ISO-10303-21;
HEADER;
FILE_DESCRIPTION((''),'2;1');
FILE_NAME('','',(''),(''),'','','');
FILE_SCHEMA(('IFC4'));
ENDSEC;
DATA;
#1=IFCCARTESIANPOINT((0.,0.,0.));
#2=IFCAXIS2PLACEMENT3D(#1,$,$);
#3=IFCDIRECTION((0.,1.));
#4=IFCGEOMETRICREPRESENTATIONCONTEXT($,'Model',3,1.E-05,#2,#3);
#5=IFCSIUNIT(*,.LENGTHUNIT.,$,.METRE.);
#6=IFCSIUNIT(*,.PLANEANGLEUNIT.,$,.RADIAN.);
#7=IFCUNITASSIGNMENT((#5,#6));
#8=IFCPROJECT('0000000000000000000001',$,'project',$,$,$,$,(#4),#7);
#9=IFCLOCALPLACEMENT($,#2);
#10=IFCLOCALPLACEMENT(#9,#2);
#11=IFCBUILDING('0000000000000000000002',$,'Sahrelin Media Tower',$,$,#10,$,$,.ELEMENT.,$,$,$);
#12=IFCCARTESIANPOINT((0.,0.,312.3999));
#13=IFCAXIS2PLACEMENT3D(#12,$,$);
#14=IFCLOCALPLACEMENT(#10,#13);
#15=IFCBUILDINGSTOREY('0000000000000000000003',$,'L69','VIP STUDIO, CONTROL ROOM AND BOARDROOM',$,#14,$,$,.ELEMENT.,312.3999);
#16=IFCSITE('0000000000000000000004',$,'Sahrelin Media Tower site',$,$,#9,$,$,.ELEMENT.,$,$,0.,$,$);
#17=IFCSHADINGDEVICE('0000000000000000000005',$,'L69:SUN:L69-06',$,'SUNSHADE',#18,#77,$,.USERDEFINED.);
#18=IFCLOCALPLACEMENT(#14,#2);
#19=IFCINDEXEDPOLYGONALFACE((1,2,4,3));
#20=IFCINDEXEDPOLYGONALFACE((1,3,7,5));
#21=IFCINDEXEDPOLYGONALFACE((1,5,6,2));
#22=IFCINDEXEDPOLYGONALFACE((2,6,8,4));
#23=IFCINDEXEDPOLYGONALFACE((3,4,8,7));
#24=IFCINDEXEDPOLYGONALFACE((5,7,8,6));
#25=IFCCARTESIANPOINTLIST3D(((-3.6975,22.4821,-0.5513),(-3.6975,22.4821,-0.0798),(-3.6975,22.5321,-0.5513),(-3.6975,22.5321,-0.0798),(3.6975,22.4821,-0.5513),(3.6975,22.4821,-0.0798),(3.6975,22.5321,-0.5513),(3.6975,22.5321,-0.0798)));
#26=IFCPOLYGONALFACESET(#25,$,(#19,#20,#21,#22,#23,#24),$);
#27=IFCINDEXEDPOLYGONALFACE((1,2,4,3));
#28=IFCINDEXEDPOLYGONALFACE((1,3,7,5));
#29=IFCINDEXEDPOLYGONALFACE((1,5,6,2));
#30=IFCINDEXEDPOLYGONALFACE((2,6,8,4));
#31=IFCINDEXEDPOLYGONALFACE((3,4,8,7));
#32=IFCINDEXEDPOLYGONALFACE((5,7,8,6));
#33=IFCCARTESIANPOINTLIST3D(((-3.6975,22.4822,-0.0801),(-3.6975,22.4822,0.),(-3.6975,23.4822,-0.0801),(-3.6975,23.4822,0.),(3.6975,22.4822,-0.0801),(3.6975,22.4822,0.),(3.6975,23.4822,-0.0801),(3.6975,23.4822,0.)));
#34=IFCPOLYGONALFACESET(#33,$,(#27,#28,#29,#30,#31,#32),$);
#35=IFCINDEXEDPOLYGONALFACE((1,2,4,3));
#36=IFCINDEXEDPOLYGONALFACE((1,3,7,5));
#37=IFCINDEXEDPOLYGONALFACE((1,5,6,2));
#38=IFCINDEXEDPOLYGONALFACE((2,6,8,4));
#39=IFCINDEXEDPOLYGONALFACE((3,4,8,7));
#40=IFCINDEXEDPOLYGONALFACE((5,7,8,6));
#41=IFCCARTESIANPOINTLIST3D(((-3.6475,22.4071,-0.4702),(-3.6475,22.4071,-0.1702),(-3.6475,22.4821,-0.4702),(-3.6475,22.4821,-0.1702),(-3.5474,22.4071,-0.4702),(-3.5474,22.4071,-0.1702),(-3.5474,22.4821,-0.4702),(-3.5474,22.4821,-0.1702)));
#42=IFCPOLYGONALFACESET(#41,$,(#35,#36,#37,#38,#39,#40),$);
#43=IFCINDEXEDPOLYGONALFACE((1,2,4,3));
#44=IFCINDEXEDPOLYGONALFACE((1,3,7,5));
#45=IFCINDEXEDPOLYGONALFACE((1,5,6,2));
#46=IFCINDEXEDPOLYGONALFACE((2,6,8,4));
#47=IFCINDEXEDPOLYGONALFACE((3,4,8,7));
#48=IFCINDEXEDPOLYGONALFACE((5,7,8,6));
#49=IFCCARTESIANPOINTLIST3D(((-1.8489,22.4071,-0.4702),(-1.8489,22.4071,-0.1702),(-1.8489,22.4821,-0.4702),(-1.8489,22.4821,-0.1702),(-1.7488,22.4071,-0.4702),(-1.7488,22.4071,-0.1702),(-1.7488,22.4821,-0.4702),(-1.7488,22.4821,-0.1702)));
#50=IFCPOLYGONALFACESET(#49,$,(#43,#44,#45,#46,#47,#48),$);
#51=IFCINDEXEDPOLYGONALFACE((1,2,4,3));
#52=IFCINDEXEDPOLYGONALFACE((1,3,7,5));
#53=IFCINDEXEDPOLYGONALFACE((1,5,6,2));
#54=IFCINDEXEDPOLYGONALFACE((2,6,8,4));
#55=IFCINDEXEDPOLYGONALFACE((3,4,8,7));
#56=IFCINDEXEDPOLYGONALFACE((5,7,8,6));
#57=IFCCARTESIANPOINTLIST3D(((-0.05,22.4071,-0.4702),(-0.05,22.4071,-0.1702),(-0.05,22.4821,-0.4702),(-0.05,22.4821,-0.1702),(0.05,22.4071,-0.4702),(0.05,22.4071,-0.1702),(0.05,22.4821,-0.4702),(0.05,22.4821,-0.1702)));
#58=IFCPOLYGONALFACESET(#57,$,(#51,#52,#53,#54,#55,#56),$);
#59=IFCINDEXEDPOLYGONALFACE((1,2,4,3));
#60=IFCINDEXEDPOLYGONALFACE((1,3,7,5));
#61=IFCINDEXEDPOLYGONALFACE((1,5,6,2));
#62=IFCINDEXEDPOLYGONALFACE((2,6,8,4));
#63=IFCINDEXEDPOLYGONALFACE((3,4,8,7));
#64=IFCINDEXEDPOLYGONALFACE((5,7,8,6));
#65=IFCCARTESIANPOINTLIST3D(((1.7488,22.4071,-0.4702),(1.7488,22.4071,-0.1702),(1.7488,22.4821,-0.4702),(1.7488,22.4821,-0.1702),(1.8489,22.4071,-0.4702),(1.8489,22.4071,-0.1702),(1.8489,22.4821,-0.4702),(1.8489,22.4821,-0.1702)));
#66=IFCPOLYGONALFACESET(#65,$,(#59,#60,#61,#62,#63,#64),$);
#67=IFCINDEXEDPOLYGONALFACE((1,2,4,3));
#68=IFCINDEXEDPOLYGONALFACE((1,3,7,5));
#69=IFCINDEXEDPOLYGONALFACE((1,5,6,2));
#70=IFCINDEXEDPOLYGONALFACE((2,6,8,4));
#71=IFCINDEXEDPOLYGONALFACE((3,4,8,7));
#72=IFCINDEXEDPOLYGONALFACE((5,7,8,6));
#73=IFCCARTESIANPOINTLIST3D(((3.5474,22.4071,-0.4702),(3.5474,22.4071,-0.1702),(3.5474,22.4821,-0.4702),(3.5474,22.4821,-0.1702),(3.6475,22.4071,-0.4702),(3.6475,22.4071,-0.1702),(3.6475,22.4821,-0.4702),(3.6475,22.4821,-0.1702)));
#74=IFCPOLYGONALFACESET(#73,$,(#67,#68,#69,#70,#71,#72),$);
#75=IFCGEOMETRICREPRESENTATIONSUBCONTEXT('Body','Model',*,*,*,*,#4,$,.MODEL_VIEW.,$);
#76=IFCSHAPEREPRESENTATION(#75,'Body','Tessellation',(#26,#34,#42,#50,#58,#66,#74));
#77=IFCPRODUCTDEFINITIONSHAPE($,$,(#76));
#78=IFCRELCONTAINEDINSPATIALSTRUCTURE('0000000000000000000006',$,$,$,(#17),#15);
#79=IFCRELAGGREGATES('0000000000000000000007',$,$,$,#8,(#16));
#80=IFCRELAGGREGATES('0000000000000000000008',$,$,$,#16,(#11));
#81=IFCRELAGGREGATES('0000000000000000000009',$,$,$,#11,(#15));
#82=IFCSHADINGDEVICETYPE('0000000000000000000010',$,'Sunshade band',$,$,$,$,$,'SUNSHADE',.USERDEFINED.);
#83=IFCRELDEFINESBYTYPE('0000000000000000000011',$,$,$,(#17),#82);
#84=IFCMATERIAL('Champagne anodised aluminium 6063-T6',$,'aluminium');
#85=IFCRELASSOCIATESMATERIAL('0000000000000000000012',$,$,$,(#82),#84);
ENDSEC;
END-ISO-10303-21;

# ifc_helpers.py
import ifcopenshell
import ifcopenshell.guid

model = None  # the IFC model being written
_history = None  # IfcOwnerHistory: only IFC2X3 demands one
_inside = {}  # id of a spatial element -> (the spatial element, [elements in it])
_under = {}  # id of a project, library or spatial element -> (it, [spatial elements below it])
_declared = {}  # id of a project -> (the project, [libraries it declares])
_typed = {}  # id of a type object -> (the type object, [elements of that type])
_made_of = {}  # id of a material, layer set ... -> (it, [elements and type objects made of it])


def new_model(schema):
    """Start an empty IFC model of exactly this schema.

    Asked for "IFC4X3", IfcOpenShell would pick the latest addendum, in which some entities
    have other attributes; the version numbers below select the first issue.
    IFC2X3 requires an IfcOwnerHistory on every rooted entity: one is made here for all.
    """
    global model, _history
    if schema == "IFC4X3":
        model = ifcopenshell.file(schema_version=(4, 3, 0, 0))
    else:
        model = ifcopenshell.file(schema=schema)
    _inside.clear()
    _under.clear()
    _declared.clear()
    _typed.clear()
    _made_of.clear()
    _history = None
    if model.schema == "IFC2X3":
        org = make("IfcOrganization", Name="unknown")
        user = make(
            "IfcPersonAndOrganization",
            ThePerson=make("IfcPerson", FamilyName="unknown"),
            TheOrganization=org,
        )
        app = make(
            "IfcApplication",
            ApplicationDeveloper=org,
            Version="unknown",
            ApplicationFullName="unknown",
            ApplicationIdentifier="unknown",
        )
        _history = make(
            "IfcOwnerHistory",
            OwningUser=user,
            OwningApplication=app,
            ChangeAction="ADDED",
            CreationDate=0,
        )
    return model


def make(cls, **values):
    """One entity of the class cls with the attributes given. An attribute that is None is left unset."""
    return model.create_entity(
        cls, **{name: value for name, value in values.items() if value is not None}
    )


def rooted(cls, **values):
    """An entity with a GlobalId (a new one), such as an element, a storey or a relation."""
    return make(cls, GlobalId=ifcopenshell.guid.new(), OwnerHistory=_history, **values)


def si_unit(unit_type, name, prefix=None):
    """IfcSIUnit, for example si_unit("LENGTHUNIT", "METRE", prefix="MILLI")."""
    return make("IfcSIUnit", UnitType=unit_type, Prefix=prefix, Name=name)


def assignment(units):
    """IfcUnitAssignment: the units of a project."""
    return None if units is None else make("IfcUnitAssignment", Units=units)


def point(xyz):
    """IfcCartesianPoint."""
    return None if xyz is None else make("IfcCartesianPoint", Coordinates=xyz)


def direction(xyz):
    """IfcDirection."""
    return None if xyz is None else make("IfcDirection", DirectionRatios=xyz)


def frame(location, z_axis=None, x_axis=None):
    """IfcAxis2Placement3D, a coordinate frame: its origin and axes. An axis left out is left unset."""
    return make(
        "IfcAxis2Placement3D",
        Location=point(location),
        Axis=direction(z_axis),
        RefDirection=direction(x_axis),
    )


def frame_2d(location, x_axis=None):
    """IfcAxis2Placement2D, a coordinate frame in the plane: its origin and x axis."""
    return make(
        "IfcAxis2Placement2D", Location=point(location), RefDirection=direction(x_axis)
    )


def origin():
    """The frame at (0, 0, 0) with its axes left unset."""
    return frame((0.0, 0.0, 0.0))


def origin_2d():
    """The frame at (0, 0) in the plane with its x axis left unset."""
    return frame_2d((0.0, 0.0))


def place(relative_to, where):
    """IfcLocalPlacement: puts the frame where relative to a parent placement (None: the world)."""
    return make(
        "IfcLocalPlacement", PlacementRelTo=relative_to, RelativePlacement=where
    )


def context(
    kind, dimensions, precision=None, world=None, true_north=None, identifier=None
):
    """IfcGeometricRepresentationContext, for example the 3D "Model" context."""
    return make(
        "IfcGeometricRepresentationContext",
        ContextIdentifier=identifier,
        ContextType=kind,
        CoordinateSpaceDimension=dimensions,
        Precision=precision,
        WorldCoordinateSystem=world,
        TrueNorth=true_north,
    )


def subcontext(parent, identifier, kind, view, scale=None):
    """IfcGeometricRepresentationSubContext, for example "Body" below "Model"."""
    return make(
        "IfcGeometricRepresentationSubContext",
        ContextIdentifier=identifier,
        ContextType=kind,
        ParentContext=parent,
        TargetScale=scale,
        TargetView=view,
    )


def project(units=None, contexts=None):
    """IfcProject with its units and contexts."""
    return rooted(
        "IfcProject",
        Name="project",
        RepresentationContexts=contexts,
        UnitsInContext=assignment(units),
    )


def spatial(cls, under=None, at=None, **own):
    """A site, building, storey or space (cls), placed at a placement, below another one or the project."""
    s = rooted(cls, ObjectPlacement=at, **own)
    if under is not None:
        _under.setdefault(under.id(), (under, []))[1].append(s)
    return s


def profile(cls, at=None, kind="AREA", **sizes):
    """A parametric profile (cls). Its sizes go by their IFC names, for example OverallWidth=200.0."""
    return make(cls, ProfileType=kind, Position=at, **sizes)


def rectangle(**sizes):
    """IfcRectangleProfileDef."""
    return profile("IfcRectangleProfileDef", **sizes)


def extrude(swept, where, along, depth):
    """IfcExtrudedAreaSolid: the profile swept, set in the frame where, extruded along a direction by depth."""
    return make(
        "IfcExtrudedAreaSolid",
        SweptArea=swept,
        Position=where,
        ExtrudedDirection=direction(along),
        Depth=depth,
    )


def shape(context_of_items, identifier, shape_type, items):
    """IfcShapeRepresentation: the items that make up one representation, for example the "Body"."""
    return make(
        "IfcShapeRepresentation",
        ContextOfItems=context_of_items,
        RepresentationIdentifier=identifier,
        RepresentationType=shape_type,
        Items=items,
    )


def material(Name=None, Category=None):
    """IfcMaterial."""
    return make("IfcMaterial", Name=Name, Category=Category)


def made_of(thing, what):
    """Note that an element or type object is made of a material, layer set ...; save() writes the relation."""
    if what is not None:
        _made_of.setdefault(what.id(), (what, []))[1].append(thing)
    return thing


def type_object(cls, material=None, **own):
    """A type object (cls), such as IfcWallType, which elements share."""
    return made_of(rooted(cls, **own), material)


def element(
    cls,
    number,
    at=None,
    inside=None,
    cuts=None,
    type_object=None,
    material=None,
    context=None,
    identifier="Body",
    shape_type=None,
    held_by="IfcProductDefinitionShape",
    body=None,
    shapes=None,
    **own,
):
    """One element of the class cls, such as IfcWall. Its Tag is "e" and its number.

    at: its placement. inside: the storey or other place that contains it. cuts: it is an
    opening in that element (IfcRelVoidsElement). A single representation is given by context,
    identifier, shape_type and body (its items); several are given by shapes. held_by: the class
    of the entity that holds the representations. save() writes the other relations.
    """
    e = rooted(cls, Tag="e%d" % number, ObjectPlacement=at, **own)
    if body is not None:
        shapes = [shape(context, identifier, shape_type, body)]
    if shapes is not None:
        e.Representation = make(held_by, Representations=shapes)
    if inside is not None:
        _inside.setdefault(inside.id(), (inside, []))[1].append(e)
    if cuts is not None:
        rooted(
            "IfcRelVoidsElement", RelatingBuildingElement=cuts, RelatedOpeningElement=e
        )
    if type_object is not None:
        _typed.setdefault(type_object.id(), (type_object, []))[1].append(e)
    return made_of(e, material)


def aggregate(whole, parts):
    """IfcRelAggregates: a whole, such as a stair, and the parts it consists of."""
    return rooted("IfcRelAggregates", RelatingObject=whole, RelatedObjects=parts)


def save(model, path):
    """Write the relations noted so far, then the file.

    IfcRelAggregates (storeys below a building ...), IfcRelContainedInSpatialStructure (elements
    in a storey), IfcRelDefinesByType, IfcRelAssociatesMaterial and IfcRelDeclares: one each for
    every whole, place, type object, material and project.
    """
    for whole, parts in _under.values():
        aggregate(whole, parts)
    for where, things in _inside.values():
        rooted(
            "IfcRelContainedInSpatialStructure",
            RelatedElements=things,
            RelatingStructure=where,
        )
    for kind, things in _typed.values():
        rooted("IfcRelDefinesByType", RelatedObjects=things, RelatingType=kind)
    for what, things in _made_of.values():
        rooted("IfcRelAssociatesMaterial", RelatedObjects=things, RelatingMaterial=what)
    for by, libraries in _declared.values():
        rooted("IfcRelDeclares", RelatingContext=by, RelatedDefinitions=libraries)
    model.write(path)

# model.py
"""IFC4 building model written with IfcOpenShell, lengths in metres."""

from ifc_helpers import new_model, si_unit, direction, frame, origin, origin_2d, place, context, subcontext, project, spatial, rectangle, extrude, material, type_object, element, save


model = new_model("IFC4")

# Units and contexts
model_context = context("Model", 3, precision=1e-05, world=origin(), true_north=direction((0.0, 1.0)))
body_context = subcontext(model_context, "Body", "Model", "MODEL_VIEW")
ifc_project = project(units=[si_unit("LENGTHUNIT", "METRE"), si_unit("PLANEANGLEUNIT", "RADIAN")], contexts=[model_context])

# Site, building, storey
site_placement = place(None, origin())
site = spatial("IfcSite", under=ifc_project, at=site_placement, Name="Sahrelin Media Tower site", CompositionType="ELEMENT", RefElevation=0.0)
building_placement = place(site_placement, origin())
building = spatial("IfcBuilding", under=site, at=building_placement, Name="Sahrelin Media Tower", CompositionType="ELEMENT")
storey_placement = place(building_placement, frame((0.0, 0.0, 312.3999)))
storey = spatial("IfcBuildingStorey", under=building, at=storey_placement, Name="L69", Description="VIP STUDIO, CONTROL ROOM AND BOARDROOM", CompositionType="ELEMENT", Elevation=312.3999)

# Shared definitions
ifc_material_1 = material(Name="Champagne anodised aluminium 6063-T6", Category="aluminium")
placement_1 = place(storey_placement, frame((0.0, 22.4622, 0.0), z_axis=(0.0, 0.0, 1.0), x_axis=(1.0, 0.0, 0.0)))

# Shading device
shading_device_type_1 = type_object("IfcShadingDeviceType", Name="Sunshade band", ElementType="SUNSHADE", PredefinedType="USERDEFINED", material=ifc_material_1)
element("IfcShadingDevice", 1, at=placement_1, inside=storey, type_object=shading_device_type_1, Name="L69:SUN:L69-06", ObjectType="SUNSHADE", PredefinedType="USERDEFINED", context=body_context, shape_type="SweptSolid", body=[
    extrude(rectangle(XDim=7.395, YDim=0.05, at=origin_2d()), frame((0.0, 0.0449, -0.5513)), (0.0, 0.0, 1.0), 0.4714),
    extrude(rectangle(XDim=7.395, YDim=1.0, at=origin_2d()), frame((0.0, 0.52, -0.0801)), (0.0, 0.0, 1.0), 0.0801),
    extrude(rectangle(XDim=0.1001, YDim=0.075, at=origin_2d()), frame((-3.5974, -0.0176, -0.4702)), (0.0, 0.0, 1.0), 0.3),
    extrude(rectangle(XDim=0.1001, YDim=0.075, at=origin_2d()), frame((-1.7988, -0.0176, -0.4702)), (0.0, 0.0, 1.0), 0.3),
    extrude(rectangle(XDim=0.1001, YDim=0.075, at=origin_2d()), frame((0.0, -0.0176, -0.4702)), (0.0, 0.0, 1.0), 0.3),
    extrude(rectangle(XDim=0.1001, YDim=0.075, at=origin_2d()), frame((1.7988, -0.0176, -0.4702)), (0.0, 0.0, 1.0), 0.3),
    extrude(rectangle(XDim=0.1001, YDim=0.075, at=origin_2d()), frame((3.5974, -0.0176, -0.4702)), (0.0, 0.0, 1.0), 0.3),
])

save(model, "model.ifc")
